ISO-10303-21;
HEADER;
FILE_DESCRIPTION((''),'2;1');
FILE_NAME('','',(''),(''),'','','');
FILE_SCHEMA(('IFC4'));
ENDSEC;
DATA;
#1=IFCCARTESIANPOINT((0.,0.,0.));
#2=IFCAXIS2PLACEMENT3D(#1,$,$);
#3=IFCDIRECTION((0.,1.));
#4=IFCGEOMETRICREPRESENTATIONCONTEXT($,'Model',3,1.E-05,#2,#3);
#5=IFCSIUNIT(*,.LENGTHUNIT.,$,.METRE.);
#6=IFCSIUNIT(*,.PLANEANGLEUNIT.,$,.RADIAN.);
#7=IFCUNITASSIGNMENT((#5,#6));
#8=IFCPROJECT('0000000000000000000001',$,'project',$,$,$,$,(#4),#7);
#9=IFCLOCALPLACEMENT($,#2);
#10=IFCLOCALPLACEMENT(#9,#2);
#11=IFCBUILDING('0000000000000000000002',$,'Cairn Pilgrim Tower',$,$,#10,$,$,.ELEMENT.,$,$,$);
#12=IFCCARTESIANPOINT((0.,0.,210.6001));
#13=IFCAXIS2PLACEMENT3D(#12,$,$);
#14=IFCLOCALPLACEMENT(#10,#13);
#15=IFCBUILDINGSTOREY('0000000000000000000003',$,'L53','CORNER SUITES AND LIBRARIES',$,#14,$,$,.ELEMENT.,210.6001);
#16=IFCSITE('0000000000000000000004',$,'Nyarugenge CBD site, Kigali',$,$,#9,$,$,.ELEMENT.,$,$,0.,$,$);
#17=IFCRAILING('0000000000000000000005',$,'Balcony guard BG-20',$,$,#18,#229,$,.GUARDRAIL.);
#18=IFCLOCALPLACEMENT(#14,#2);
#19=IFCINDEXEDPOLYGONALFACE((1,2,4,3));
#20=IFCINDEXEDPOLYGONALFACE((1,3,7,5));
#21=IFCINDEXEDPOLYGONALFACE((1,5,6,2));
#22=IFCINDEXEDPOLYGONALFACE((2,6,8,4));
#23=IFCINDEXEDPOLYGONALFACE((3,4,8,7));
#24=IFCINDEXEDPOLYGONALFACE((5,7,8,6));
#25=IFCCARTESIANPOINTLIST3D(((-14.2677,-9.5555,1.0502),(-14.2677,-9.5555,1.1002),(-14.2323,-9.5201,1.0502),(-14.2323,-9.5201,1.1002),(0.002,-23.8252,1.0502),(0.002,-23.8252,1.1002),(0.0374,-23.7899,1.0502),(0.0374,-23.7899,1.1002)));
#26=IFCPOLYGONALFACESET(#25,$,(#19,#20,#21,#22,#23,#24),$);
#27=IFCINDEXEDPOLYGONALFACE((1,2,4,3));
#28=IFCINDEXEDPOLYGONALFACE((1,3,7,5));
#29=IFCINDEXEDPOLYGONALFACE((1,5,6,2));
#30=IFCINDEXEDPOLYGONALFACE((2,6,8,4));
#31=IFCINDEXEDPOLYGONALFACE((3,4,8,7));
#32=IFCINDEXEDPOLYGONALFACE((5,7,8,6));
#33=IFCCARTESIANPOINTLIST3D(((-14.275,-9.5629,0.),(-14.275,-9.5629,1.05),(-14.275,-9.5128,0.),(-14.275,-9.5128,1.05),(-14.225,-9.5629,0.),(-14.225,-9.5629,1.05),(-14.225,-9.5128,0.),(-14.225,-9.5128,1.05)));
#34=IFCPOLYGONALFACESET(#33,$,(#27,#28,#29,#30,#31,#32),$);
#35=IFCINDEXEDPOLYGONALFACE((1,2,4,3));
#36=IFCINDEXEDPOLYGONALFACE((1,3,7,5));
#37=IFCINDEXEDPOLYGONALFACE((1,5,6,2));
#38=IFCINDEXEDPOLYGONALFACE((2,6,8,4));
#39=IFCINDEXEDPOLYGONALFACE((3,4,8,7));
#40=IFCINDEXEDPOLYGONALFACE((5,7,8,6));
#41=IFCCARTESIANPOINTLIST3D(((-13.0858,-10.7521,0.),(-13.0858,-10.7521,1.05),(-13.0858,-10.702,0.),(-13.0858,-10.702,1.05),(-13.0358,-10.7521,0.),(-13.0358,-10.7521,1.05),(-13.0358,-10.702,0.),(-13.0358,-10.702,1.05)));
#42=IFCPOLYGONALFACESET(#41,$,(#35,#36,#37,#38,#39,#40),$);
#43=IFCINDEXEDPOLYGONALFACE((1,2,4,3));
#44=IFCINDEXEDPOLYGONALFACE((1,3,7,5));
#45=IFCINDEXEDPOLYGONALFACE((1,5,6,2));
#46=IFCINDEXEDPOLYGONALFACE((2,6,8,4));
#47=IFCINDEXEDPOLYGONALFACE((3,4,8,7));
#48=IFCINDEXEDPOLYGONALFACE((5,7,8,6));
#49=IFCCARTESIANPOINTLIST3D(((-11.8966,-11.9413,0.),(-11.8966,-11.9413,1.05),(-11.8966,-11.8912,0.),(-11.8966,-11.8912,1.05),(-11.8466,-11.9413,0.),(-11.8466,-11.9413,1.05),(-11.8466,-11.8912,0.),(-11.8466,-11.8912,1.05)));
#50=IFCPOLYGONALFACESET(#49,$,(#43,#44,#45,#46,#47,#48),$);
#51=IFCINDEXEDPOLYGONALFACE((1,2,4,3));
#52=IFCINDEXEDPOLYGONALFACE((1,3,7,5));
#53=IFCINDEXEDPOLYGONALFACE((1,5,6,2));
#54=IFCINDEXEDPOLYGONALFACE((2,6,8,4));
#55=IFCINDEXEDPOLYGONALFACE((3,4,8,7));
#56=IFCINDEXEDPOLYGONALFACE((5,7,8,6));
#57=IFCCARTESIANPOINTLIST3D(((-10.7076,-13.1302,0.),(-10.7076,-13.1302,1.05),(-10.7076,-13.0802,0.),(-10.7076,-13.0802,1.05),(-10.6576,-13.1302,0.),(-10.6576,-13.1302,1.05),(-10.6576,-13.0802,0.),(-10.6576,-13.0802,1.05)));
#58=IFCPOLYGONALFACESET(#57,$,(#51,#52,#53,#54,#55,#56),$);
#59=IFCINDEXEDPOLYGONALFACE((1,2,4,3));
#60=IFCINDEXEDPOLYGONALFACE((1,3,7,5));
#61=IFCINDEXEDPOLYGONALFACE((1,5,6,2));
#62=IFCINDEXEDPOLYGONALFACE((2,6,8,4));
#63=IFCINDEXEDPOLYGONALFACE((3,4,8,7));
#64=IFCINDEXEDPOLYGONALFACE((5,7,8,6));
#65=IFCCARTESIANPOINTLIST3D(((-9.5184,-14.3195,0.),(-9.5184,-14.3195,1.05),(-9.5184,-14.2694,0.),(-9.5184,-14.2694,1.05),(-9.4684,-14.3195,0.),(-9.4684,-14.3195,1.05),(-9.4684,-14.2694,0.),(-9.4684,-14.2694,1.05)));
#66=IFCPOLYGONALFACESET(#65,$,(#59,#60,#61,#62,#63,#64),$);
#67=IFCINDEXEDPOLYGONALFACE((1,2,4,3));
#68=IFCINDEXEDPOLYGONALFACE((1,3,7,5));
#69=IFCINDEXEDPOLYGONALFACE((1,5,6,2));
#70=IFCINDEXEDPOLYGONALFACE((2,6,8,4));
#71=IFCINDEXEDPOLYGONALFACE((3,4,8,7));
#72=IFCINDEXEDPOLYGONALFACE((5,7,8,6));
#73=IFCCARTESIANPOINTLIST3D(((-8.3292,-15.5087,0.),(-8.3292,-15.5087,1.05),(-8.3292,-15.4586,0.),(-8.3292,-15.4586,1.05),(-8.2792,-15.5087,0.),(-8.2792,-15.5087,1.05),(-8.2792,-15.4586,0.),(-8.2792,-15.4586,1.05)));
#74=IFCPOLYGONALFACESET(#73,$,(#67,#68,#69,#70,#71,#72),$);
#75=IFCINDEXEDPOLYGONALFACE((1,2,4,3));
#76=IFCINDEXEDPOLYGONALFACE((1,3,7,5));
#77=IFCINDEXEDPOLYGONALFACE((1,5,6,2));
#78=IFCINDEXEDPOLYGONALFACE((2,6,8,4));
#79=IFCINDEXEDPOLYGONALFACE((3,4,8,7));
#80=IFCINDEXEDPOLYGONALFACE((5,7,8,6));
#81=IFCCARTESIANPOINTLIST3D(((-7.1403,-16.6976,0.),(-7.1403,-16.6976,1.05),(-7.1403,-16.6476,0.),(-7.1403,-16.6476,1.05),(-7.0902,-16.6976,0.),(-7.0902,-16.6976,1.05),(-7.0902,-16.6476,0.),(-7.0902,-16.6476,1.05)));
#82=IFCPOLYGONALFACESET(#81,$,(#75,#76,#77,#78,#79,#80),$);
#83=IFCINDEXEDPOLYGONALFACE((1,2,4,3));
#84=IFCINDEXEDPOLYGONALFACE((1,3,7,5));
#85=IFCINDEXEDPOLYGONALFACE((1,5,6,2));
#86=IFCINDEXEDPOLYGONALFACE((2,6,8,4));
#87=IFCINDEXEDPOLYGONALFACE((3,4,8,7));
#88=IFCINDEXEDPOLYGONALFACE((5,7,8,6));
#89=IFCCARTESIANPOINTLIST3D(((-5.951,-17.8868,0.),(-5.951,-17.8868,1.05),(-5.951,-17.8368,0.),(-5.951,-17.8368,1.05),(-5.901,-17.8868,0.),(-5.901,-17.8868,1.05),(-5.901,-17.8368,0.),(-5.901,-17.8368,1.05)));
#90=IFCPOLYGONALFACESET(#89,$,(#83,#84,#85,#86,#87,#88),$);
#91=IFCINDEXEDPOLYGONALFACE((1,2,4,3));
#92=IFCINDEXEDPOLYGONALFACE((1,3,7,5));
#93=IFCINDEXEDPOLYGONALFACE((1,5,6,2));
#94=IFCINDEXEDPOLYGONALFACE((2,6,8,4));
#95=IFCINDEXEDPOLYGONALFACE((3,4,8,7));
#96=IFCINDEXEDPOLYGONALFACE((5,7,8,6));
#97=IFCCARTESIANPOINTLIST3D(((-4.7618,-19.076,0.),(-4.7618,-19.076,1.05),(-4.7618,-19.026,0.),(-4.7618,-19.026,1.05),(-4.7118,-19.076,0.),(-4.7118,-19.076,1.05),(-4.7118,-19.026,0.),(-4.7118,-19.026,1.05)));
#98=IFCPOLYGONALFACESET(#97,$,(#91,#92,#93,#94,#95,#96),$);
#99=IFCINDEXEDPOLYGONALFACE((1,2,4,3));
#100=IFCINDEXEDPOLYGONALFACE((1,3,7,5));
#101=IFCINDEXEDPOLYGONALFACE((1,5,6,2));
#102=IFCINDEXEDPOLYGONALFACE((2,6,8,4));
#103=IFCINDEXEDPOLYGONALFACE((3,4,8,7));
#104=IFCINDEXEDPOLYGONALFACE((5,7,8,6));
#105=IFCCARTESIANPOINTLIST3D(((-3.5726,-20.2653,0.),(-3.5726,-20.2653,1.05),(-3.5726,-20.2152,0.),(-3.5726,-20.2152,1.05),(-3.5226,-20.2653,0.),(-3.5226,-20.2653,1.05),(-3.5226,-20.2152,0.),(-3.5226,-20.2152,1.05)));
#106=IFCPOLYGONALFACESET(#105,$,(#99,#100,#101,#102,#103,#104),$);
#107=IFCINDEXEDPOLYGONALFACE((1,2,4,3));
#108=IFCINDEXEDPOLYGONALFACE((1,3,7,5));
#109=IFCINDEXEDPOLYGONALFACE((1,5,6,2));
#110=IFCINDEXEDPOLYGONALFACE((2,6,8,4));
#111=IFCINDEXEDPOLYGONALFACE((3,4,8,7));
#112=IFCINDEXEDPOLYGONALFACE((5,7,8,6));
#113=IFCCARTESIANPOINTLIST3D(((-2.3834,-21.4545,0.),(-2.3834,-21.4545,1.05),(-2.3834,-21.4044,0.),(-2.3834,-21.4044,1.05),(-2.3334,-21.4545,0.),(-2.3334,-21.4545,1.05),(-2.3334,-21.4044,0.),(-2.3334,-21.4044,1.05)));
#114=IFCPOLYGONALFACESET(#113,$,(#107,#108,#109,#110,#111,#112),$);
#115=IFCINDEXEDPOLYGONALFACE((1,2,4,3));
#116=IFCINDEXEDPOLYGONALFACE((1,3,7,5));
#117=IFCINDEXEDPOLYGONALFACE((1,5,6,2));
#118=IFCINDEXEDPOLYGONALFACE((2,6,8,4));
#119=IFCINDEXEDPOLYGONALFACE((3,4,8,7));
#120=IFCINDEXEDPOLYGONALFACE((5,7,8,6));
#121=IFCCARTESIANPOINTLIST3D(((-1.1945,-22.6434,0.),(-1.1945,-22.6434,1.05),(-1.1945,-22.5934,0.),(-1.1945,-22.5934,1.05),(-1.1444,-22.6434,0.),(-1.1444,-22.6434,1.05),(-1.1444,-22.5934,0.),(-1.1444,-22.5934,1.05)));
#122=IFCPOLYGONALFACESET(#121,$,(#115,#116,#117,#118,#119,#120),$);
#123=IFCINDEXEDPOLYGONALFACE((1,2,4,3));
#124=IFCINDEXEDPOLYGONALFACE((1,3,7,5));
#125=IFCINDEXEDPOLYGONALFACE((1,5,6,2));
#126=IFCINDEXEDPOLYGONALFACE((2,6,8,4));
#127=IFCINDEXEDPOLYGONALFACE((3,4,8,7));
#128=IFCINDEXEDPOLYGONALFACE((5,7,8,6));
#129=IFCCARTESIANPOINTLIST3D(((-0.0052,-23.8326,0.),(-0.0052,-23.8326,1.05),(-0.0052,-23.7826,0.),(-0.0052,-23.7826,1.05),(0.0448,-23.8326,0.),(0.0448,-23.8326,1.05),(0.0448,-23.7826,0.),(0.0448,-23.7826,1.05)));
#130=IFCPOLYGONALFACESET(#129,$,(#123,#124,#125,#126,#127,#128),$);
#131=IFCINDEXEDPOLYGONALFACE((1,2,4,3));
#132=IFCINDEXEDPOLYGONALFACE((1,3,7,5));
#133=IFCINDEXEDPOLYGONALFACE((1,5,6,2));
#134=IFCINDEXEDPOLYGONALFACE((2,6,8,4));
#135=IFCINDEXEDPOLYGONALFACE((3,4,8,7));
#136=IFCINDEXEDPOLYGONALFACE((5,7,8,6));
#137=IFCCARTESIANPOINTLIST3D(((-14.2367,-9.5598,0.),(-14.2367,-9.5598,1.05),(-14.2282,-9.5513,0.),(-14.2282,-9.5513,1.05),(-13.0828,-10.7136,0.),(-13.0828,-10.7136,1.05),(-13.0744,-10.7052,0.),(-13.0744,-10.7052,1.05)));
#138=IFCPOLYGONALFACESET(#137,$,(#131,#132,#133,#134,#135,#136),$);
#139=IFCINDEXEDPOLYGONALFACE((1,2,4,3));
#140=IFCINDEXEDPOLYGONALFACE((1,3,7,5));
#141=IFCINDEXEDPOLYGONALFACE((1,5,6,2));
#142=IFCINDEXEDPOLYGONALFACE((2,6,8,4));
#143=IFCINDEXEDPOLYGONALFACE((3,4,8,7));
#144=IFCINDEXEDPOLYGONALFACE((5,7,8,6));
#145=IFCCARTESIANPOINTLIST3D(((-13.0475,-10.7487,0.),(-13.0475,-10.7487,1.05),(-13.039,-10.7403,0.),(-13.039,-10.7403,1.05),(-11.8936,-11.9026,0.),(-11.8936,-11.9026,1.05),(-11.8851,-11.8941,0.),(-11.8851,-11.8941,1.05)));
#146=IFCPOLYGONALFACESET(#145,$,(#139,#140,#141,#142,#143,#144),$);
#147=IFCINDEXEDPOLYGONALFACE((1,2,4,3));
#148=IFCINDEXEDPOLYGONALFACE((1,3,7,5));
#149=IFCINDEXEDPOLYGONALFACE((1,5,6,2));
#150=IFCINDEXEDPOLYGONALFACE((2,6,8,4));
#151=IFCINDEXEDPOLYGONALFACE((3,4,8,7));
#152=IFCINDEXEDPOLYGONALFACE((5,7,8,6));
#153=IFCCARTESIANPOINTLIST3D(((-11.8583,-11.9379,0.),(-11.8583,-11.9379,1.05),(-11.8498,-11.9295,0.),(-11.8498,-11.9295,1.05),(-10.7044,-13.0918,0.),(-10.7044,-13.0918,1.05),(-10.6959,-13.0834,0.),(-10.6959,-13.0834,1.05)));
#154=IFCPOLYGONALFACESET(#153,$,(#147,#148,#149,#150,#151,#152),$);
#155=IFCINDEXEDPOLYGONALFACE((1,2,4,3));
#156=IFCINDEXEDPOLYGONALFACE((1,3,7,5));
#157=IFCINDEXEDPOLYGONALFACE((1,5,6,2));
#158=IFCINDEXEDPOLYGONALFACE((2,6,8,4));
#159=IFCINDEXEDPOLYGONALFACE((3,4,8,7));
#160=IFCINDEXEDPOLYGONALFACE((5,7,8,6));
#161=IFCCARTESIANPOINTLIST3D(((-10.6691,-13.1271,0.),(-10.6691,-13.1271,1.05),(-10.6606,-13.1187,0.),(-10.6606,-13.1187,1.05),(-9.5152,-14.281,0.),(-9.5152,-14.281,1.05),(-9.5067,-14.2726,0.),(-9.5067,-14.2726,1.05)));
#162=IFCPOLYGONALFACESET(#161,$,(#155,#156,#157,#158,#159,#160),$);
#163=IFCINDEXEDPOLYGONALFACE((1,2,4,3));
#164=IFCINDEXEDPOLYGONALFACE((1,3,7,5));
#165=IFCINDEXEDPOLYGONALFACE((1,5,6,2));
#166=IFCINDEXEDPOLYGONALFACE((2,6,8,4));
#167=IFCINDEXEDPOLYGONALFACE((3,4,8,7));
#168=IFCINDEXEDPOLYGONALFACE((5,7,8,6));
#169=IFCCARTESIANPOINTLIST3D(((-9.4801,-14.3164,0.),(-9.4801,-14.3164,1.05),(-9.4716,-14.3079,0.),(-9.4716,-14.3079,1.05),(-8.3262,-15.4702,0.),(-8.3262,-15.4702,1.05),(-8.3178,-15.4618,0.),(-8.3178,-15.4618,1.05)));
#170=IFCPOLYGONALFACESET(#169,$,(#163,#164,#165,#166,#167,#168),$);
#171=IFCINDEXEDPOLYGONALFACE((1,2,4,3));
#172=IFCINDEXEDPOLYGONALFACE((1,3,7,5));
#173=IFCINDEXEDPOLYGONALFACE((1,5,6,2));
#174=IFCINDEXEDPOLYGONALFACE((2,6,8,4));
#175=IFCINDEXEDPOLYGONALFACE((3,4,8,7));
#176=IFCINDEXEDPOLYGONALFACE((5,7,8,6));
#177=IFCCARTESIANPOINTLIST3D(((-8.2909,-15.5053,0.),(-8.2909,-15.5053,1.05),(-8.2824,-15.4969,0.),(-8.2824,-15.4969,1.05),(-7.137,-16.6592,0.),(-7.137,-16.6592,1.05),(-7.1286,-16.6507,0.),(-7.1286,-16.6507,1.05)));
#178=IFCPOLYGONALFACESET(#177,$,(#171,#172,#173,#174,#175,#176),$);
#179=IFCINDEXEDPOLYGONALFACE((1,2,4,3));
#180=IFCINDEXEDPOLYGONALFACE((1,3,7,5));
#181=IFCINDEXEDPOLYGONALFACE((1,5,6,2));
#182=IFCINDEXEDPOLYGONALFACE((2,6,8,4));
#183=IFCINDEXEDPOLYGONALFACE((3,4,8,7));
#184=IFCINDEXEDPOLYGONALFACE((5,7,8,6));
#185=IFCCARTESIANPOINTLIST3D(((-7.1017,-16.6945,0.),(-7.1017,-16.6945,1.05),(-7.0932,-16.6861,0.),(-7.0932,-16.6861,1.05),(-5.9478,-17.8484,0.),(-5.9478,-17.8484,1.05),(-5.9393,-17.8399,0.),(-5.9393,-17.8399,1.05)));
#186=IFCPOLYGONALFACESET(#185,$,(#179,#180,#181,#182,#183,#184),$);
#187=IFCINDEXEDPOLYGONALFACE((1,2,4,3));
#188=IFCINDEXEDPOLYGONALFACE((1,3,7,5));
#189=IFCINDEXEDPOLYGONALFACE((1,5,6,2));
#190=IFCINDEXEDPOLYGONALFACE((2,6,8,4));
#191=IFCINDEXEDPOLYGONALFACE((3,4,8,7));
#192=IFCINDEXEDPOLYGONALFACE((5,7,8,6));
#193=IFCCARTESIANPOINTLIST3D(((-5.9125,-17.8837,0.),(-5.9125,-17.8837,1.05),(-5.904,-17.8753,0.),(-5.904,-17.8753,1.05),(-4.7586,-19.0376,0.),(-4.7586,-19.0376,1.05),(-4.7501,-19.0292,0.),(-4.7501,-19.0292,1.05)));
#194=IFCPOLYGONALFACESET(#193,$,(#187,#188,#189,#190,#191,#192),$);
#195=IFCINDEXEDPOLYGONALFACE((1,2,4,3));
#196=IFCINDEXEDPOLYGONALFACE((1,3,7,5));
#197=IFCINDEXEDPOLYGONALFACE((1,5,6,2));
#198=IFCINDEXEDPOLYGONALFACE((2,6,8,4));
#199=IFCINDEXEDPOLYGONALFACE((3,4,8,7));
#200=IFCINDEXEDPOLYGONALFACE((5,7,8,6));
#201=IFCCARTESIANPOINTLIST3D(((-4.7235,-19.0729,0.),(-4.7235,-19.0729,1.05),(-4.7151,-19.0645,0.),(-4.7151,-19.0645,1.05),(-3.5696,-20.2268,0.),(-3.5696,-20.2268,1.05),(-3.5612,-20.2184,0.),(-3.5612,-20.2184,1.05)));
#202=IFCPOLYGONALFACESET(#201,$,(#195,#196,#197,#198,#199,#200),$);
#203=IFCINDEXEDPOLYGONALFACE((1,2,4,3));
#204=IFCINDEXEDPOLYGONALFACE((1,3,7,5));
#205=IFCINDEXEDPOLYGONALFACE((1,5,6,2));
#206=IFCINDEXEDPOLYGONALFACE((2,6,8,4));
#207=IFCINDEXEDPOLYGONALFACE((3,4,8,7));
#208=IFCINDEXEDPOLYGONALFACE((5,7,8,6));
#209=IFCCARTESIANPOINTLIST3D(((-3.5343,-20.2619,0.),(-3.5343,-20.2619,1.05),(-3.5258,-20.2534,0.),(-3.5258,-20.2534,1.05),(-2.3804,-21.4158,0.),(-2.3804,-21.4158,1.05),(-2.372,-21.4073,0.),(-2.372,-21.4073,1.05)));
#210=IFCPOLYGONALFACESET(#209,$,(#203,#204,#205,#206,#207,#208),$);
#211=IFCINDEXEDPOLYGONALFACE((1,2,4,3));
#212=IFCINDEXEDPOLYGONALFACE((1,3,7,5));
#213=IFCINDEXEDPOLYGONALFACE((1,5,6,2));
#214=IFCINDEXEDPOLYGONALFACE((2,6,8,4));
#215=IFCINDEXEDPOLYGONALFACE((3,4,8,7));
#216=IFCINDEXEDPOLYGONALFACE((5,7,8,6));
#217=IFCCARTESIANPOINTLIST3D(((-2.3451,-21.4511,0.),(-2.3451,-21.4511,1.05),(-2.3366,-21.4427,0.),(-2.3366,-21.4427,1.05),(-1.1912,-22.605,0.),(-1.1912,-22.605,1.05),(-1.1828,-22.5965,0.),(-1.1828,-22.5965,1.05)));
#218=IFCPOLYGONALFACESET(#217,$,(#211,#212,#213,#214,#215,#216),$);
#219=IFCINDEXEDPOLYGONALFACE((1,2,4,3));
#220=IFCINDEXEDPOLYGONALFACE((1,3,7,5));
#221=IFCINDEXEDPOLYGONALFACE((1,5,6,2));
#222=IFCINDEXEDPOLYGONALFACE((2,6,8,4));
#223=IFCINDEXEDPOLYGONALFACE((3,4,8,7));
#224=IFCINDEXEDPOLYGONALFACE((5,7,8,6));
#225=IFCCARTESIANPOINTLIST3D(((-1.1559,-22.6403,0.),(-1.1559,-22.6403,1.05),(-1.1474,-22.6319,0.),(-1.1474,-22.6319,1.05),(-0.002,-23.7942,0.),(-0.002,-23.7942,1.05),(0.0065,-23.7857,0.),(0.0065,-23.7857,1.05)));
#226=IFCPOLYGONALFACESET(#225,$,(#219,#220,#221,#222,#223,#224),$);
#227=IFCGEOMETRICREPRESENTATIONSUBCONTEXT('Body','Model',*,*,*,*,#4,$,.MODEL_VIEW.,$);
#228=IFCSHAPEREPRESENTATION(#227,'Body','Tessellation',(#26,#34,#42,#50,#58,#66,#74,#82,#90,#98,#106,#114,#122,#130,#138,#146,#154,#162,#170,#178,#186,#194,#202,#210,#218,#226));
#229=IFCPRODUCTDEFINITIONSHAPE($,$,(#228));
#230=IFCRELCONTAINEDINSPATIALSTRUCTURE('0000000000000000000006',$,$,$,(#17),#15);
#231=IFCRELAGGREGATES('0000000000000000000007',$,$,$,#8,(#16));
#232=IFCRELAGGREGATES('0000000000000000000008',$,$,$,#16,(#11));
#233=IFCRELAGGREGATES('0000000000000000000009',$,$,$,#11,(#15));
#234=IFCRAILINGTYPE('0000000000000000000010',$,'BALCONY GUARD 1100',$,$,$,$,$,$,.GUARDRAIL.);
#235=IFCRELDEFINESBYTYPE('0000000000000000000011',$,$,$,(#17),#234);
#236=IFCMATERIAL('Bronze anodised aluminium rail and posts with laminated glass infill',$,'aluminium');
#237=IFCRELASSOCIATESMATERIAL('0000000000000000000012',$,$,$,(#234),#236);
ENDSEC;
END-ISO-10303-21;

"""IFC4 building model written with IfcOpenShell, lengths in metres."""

from ifc_helpers import new_model, si_unit, direction, frame, origin, origin_2d, place, context, subcontext, project, spatial, polyline, rectangle, outline, extrude, material, type_object, element, save


model = new_model("IFC4")

# Units and contexts
model_context = context("Model", 3, precision=1e-05, world=origin(), true_north=direction((0.0, 1.0)))
body_context = subcontext(model_context, "Body", "Model", "MODEL_VIEW")
ifc_project = project(units=[si_unit("LENGTHUNIT", "METRE"), si_unit("PLANEANGLEUNIT", "RADIAN")], contexts=[model_context])

# Site, building, storey
site_placement = place(None, origin())
site = spatial("IfcSite", under=ifc_project, at=site_placement, Name="Nyarugenge CBD site, Kigali", CompositionType="ELEMENT", RefElevation=0.0)
building_placement = place(site_placement, origin())
building = spatial("IfcBuilding", under=site, at=building_placement, Name="Cairn Pilgrim Tower", CompositionType="ELEMENT")
storey_placement = place(building_placement, frame((0.0, 0.0, 210.6001)))
storey = spatial("IfcBuildingStorey", under=building, at=storey_placement, Name="L53", Description="CORNER SUITES AND LIBRARIES", CompositionType="ELEMENT", Elevation=210.6001)

# Railing
ifc_material_1 = material(Name="Bronze anodised aluminium rail and posts with laminated glass infill", Category="aluminium")
railing_type = type_object("IfcRailingType", Name="BALCONY GUARD 1100", PredefinedType="GUARDRAIL", material=ifc_material_1)
railing_placement = place(storey_placement, frame((-14.25, -9.5378, 0.0)))
element("IfcRailing", 1, at=railing_placement, inside=storey, type_object=railing_type, Name="Balcony guard BG-20", PredefinedType="GUARDRAIL", context=body_context, shape_type="SweptSolid", body=[
    extrude(rectangle(XDim=0.05, YDim=0.05, at=origin_2d()), frame((0.0, 0.0, 1.0752), z_axis=(0.707107, -0.707107, 0.0), x_axis=(0.707107, 0.707107, 0.0)), (0.0, 0.0, 1.0), 20.1804),
    extrude(rectangle(XDim=0.05, YDim=0.05, at=origin_2d()), origin(), (0.0, 0.0, 1.0), 1.05),
    extrude(rectangle(XDim=0.05, YDim=0.05, at=origin_2d()), frame((1.1892, -1.1892, 0.0)), (0.0, 0.0, 1.0), 1.05),
    extrude(rectangle(XDim=0.05, YDim=0.05, at=origin_2d()), frame((2.3784, -2.3784, 0.0)), (0.0, 0.0, 1.0), 1.05),
    extrude(rectangle(XDim=0.05, YDim=0.05, at=origin_2d()), frame((3.5674, -3.5674, 0.0)), (0.0, 0.0, 1.0), 1.05),
    extrude(rectangle(XDim=0.05, YDim=0.05, at=origin_2d()), frame((4.7566, -4.7566, 0.0)), (0.0, 0.0, 1.0), 1.05),
    extrude(rectangle(XDim=0.05, YDim=0.05, at=origin_2d()), frame((5.9458, -5.9458, 0.0)), (0.0, 0.0, 1.0), 1.05),
    extrude(rectangle(XDim=0.05, YDim=0.05, at=origin_2d()), frame((7.1348, -7.1348, 0.0)), (0.0, 0.0, 1.0), 1.05),
    extrude(rectangle(XDim=0.05, YDim=0.05, at=origin_2d()), frame((8.324, -8.324, 0.0)), (0.0, 0.0, 1.0), 1.05),
    extrude(rectangle(XDim=0.05, YDim=0.05, at=origin_2d()), frame((9.5132, -9.5132, 0.0)), (0.0, 0.0, 1.0), 1.05),
    extrude(rectangle(XDim=0.05, YDim=0.05, at=origin_2d()), frame((10.7024, -10.7024, 0.0)), (0.0, 0.0, 1.0), 1.05),
    extrude(rectangle(XDim=0.05, YDim=0.05, at=origin_2d()), frame((11.8916, -11.8916, 0.0)), (0.0, 0.0, 1.0), 1.05),
    extrude(rectangle(XDim=0.05, YDim=0.05, at=origin_2d()), frame((13.0806, -13.0806, 0.0)), (0.0, 0.0, 1.0), 1.05),
    extrude(rectangle(XDim=0.05, YDim=0.05, at=origin_2d()), frame((14.2698, -14.2698, 0.0)), (0.0, 0.0, 1.0), 1.05),
    extrude(outline(polyline([(0.0249, 0.0), (1.6567, 0.0), (1.6567, 1.05), (0.0249, 1.05), (0.0249, 0.0)])), frame((0.0042, 0.0042, 0.0), z_axis=(-0.707107, -0.707107, 0.0), x_axis=(0.707107, -0.707107, 0.0)), (0.0, 0.0, 1.0), 0.012),
    extrude(outline(polyline([(0.0249, 0.0), (1.6567, 0.0), (1.6567, 1.05), (0.0249, 1.05), (0.0249, 0.0)])), frame((1.1934, -1.1848, 0.0), z_axis=(-0.707107, -0.707107, 0.0), x_axis=(0.707107, -0.707107, 0.0)), (0.0, 0.0, 1.0), 0.012),
    extrude(outline(polyline([(0.0249, 0.0), (1.6567, 0.0), (1.6567, 1.05), (0.0249, 1.05), (0.0249, 0.0)])), frame((2.3826, -2.374, 0.0), z_axis=(-0.707107, -0.707107, 0.0), x_axis=(0.707107, -0.707107, 0.0)), (0.0, 0.0, 1.0), 0.012),
    extrude(outline(polyline([(0.0249, 0.0), (1.6567, 0.0), (1.6567, 1.05), (0.0249, 1.05), (0.0249, 0.0)])), frame((3.5718, -3.5632, 0.0), z_axis=(-0.707107, -0.707107, 0.0), x_axis=(0.707107, -0.707107, 0.0)), (0.0, 0.0, 1.0), 0.012),
    extrude(outline(polyline([(0.0249, 0.0), (1.6567, 0.0), (1.6567, 1.05), (0.0249, 1.05), (0.0249, 0.0)])), frame((4.7607, -4.7524, 0.0), z_axis=(-0.707107, -0.707107, 0.0), x_axis=(0.707107, -0.707107, 0.0)), (0.0, 0.0, 1.0), 0.012),
    extrude(outline(polyline([(0.0249, 0.0), (1.6567, 0.0), (1.6567, 1.05), (0.0249, 1.05), (0.0249, 0.0)])), frame((5.95, -5.9414, 0.0), z_axis=(-0.707107, -0.707107, 0.0), x_axis=(0.707107, -0.707107, 0.0)), (0.0, 0.0, 1.0), 0.012),
    extrude(outline(polyline([(0.0249, 0.0), (1.6567, 0.0), (1.6567, 1.05), (0.0249, 1.05), (0.0249, 0.0)])), frame((7.1392, -7.1306, 0.0), z_axis=(-0.707107, -0.707107, 0.0), x_axis=(0.707107, -0.707107, 0.0)), (0.0, 0.0, 1.0), 0.012),
    extrude(outline(polyline([(0.0249, 0.0), (1.6567, 0.0), (1.6567, 1.05), (0.0249, 1.05), (0.0249, 0.0)])), frame((8.3284, -8.3198, 0.0), z_axis=(-0.707107, -0.707107, 0.0), x_axis=(0.707107, -0.707107, 0.0)), (0.0, 0.0, 1.0), 0.012),
    extrude(outline(polyline([(0.0249, 0.0), (1.6567, 0.0), (1.6567, 1.05), (0.0249, 1.05), (0.0249, 0.0)])), frame((9.5173, -9.509, 0.0), z_axis=(-0.707107, -0.707107, 0.0), x_axis=(0.707107, -0.707107, 0.0)), (0.0, 0.0, 1.0), 0.012),
    extrude(outline(polyline([(0.0249, 0.0), (1.6567, 0.0), (1.6567, 1.05), (0.0249, 1.05), (0.0249, 0.0)])), frame((10.7065, -10.698, 0.0), z_axis=(-0.707107, -0.707107, 0.0), x_axis=(0.707107, -0.707107, 0.0)), (0.0, 0.0, 1.0), 0.012),
    extrude(outline(polyline([(0.0249, 0.0), (1.6567, 0.0), (1.6567, 1.05), (0.0249, 1.05), (0.0249, 0.0)])), frame((11.8958, -11.8872, 0.0), z_axis=(-0.707107, -0.707107, 0.0), x_axis=(0.707107, -0.707107, 0.0)), (0.0, 0.0, 1.0), 0.012),
    extrude(outline(polyline([(0.0249, 0.0), (1.6567, 0.0), (1.6567, 1.05), (0.0249, 1.05), (0.0249, 0.0)])), frame((13.085, -13.0764, 0.0), z_axis=(-0.707107, -0.707107, 0.0), x_axis=(0.707107, -0.707107, 0.0)), (0.0, 0.0, 1.0), 0.012),
])

save(model, "model.ifc")
